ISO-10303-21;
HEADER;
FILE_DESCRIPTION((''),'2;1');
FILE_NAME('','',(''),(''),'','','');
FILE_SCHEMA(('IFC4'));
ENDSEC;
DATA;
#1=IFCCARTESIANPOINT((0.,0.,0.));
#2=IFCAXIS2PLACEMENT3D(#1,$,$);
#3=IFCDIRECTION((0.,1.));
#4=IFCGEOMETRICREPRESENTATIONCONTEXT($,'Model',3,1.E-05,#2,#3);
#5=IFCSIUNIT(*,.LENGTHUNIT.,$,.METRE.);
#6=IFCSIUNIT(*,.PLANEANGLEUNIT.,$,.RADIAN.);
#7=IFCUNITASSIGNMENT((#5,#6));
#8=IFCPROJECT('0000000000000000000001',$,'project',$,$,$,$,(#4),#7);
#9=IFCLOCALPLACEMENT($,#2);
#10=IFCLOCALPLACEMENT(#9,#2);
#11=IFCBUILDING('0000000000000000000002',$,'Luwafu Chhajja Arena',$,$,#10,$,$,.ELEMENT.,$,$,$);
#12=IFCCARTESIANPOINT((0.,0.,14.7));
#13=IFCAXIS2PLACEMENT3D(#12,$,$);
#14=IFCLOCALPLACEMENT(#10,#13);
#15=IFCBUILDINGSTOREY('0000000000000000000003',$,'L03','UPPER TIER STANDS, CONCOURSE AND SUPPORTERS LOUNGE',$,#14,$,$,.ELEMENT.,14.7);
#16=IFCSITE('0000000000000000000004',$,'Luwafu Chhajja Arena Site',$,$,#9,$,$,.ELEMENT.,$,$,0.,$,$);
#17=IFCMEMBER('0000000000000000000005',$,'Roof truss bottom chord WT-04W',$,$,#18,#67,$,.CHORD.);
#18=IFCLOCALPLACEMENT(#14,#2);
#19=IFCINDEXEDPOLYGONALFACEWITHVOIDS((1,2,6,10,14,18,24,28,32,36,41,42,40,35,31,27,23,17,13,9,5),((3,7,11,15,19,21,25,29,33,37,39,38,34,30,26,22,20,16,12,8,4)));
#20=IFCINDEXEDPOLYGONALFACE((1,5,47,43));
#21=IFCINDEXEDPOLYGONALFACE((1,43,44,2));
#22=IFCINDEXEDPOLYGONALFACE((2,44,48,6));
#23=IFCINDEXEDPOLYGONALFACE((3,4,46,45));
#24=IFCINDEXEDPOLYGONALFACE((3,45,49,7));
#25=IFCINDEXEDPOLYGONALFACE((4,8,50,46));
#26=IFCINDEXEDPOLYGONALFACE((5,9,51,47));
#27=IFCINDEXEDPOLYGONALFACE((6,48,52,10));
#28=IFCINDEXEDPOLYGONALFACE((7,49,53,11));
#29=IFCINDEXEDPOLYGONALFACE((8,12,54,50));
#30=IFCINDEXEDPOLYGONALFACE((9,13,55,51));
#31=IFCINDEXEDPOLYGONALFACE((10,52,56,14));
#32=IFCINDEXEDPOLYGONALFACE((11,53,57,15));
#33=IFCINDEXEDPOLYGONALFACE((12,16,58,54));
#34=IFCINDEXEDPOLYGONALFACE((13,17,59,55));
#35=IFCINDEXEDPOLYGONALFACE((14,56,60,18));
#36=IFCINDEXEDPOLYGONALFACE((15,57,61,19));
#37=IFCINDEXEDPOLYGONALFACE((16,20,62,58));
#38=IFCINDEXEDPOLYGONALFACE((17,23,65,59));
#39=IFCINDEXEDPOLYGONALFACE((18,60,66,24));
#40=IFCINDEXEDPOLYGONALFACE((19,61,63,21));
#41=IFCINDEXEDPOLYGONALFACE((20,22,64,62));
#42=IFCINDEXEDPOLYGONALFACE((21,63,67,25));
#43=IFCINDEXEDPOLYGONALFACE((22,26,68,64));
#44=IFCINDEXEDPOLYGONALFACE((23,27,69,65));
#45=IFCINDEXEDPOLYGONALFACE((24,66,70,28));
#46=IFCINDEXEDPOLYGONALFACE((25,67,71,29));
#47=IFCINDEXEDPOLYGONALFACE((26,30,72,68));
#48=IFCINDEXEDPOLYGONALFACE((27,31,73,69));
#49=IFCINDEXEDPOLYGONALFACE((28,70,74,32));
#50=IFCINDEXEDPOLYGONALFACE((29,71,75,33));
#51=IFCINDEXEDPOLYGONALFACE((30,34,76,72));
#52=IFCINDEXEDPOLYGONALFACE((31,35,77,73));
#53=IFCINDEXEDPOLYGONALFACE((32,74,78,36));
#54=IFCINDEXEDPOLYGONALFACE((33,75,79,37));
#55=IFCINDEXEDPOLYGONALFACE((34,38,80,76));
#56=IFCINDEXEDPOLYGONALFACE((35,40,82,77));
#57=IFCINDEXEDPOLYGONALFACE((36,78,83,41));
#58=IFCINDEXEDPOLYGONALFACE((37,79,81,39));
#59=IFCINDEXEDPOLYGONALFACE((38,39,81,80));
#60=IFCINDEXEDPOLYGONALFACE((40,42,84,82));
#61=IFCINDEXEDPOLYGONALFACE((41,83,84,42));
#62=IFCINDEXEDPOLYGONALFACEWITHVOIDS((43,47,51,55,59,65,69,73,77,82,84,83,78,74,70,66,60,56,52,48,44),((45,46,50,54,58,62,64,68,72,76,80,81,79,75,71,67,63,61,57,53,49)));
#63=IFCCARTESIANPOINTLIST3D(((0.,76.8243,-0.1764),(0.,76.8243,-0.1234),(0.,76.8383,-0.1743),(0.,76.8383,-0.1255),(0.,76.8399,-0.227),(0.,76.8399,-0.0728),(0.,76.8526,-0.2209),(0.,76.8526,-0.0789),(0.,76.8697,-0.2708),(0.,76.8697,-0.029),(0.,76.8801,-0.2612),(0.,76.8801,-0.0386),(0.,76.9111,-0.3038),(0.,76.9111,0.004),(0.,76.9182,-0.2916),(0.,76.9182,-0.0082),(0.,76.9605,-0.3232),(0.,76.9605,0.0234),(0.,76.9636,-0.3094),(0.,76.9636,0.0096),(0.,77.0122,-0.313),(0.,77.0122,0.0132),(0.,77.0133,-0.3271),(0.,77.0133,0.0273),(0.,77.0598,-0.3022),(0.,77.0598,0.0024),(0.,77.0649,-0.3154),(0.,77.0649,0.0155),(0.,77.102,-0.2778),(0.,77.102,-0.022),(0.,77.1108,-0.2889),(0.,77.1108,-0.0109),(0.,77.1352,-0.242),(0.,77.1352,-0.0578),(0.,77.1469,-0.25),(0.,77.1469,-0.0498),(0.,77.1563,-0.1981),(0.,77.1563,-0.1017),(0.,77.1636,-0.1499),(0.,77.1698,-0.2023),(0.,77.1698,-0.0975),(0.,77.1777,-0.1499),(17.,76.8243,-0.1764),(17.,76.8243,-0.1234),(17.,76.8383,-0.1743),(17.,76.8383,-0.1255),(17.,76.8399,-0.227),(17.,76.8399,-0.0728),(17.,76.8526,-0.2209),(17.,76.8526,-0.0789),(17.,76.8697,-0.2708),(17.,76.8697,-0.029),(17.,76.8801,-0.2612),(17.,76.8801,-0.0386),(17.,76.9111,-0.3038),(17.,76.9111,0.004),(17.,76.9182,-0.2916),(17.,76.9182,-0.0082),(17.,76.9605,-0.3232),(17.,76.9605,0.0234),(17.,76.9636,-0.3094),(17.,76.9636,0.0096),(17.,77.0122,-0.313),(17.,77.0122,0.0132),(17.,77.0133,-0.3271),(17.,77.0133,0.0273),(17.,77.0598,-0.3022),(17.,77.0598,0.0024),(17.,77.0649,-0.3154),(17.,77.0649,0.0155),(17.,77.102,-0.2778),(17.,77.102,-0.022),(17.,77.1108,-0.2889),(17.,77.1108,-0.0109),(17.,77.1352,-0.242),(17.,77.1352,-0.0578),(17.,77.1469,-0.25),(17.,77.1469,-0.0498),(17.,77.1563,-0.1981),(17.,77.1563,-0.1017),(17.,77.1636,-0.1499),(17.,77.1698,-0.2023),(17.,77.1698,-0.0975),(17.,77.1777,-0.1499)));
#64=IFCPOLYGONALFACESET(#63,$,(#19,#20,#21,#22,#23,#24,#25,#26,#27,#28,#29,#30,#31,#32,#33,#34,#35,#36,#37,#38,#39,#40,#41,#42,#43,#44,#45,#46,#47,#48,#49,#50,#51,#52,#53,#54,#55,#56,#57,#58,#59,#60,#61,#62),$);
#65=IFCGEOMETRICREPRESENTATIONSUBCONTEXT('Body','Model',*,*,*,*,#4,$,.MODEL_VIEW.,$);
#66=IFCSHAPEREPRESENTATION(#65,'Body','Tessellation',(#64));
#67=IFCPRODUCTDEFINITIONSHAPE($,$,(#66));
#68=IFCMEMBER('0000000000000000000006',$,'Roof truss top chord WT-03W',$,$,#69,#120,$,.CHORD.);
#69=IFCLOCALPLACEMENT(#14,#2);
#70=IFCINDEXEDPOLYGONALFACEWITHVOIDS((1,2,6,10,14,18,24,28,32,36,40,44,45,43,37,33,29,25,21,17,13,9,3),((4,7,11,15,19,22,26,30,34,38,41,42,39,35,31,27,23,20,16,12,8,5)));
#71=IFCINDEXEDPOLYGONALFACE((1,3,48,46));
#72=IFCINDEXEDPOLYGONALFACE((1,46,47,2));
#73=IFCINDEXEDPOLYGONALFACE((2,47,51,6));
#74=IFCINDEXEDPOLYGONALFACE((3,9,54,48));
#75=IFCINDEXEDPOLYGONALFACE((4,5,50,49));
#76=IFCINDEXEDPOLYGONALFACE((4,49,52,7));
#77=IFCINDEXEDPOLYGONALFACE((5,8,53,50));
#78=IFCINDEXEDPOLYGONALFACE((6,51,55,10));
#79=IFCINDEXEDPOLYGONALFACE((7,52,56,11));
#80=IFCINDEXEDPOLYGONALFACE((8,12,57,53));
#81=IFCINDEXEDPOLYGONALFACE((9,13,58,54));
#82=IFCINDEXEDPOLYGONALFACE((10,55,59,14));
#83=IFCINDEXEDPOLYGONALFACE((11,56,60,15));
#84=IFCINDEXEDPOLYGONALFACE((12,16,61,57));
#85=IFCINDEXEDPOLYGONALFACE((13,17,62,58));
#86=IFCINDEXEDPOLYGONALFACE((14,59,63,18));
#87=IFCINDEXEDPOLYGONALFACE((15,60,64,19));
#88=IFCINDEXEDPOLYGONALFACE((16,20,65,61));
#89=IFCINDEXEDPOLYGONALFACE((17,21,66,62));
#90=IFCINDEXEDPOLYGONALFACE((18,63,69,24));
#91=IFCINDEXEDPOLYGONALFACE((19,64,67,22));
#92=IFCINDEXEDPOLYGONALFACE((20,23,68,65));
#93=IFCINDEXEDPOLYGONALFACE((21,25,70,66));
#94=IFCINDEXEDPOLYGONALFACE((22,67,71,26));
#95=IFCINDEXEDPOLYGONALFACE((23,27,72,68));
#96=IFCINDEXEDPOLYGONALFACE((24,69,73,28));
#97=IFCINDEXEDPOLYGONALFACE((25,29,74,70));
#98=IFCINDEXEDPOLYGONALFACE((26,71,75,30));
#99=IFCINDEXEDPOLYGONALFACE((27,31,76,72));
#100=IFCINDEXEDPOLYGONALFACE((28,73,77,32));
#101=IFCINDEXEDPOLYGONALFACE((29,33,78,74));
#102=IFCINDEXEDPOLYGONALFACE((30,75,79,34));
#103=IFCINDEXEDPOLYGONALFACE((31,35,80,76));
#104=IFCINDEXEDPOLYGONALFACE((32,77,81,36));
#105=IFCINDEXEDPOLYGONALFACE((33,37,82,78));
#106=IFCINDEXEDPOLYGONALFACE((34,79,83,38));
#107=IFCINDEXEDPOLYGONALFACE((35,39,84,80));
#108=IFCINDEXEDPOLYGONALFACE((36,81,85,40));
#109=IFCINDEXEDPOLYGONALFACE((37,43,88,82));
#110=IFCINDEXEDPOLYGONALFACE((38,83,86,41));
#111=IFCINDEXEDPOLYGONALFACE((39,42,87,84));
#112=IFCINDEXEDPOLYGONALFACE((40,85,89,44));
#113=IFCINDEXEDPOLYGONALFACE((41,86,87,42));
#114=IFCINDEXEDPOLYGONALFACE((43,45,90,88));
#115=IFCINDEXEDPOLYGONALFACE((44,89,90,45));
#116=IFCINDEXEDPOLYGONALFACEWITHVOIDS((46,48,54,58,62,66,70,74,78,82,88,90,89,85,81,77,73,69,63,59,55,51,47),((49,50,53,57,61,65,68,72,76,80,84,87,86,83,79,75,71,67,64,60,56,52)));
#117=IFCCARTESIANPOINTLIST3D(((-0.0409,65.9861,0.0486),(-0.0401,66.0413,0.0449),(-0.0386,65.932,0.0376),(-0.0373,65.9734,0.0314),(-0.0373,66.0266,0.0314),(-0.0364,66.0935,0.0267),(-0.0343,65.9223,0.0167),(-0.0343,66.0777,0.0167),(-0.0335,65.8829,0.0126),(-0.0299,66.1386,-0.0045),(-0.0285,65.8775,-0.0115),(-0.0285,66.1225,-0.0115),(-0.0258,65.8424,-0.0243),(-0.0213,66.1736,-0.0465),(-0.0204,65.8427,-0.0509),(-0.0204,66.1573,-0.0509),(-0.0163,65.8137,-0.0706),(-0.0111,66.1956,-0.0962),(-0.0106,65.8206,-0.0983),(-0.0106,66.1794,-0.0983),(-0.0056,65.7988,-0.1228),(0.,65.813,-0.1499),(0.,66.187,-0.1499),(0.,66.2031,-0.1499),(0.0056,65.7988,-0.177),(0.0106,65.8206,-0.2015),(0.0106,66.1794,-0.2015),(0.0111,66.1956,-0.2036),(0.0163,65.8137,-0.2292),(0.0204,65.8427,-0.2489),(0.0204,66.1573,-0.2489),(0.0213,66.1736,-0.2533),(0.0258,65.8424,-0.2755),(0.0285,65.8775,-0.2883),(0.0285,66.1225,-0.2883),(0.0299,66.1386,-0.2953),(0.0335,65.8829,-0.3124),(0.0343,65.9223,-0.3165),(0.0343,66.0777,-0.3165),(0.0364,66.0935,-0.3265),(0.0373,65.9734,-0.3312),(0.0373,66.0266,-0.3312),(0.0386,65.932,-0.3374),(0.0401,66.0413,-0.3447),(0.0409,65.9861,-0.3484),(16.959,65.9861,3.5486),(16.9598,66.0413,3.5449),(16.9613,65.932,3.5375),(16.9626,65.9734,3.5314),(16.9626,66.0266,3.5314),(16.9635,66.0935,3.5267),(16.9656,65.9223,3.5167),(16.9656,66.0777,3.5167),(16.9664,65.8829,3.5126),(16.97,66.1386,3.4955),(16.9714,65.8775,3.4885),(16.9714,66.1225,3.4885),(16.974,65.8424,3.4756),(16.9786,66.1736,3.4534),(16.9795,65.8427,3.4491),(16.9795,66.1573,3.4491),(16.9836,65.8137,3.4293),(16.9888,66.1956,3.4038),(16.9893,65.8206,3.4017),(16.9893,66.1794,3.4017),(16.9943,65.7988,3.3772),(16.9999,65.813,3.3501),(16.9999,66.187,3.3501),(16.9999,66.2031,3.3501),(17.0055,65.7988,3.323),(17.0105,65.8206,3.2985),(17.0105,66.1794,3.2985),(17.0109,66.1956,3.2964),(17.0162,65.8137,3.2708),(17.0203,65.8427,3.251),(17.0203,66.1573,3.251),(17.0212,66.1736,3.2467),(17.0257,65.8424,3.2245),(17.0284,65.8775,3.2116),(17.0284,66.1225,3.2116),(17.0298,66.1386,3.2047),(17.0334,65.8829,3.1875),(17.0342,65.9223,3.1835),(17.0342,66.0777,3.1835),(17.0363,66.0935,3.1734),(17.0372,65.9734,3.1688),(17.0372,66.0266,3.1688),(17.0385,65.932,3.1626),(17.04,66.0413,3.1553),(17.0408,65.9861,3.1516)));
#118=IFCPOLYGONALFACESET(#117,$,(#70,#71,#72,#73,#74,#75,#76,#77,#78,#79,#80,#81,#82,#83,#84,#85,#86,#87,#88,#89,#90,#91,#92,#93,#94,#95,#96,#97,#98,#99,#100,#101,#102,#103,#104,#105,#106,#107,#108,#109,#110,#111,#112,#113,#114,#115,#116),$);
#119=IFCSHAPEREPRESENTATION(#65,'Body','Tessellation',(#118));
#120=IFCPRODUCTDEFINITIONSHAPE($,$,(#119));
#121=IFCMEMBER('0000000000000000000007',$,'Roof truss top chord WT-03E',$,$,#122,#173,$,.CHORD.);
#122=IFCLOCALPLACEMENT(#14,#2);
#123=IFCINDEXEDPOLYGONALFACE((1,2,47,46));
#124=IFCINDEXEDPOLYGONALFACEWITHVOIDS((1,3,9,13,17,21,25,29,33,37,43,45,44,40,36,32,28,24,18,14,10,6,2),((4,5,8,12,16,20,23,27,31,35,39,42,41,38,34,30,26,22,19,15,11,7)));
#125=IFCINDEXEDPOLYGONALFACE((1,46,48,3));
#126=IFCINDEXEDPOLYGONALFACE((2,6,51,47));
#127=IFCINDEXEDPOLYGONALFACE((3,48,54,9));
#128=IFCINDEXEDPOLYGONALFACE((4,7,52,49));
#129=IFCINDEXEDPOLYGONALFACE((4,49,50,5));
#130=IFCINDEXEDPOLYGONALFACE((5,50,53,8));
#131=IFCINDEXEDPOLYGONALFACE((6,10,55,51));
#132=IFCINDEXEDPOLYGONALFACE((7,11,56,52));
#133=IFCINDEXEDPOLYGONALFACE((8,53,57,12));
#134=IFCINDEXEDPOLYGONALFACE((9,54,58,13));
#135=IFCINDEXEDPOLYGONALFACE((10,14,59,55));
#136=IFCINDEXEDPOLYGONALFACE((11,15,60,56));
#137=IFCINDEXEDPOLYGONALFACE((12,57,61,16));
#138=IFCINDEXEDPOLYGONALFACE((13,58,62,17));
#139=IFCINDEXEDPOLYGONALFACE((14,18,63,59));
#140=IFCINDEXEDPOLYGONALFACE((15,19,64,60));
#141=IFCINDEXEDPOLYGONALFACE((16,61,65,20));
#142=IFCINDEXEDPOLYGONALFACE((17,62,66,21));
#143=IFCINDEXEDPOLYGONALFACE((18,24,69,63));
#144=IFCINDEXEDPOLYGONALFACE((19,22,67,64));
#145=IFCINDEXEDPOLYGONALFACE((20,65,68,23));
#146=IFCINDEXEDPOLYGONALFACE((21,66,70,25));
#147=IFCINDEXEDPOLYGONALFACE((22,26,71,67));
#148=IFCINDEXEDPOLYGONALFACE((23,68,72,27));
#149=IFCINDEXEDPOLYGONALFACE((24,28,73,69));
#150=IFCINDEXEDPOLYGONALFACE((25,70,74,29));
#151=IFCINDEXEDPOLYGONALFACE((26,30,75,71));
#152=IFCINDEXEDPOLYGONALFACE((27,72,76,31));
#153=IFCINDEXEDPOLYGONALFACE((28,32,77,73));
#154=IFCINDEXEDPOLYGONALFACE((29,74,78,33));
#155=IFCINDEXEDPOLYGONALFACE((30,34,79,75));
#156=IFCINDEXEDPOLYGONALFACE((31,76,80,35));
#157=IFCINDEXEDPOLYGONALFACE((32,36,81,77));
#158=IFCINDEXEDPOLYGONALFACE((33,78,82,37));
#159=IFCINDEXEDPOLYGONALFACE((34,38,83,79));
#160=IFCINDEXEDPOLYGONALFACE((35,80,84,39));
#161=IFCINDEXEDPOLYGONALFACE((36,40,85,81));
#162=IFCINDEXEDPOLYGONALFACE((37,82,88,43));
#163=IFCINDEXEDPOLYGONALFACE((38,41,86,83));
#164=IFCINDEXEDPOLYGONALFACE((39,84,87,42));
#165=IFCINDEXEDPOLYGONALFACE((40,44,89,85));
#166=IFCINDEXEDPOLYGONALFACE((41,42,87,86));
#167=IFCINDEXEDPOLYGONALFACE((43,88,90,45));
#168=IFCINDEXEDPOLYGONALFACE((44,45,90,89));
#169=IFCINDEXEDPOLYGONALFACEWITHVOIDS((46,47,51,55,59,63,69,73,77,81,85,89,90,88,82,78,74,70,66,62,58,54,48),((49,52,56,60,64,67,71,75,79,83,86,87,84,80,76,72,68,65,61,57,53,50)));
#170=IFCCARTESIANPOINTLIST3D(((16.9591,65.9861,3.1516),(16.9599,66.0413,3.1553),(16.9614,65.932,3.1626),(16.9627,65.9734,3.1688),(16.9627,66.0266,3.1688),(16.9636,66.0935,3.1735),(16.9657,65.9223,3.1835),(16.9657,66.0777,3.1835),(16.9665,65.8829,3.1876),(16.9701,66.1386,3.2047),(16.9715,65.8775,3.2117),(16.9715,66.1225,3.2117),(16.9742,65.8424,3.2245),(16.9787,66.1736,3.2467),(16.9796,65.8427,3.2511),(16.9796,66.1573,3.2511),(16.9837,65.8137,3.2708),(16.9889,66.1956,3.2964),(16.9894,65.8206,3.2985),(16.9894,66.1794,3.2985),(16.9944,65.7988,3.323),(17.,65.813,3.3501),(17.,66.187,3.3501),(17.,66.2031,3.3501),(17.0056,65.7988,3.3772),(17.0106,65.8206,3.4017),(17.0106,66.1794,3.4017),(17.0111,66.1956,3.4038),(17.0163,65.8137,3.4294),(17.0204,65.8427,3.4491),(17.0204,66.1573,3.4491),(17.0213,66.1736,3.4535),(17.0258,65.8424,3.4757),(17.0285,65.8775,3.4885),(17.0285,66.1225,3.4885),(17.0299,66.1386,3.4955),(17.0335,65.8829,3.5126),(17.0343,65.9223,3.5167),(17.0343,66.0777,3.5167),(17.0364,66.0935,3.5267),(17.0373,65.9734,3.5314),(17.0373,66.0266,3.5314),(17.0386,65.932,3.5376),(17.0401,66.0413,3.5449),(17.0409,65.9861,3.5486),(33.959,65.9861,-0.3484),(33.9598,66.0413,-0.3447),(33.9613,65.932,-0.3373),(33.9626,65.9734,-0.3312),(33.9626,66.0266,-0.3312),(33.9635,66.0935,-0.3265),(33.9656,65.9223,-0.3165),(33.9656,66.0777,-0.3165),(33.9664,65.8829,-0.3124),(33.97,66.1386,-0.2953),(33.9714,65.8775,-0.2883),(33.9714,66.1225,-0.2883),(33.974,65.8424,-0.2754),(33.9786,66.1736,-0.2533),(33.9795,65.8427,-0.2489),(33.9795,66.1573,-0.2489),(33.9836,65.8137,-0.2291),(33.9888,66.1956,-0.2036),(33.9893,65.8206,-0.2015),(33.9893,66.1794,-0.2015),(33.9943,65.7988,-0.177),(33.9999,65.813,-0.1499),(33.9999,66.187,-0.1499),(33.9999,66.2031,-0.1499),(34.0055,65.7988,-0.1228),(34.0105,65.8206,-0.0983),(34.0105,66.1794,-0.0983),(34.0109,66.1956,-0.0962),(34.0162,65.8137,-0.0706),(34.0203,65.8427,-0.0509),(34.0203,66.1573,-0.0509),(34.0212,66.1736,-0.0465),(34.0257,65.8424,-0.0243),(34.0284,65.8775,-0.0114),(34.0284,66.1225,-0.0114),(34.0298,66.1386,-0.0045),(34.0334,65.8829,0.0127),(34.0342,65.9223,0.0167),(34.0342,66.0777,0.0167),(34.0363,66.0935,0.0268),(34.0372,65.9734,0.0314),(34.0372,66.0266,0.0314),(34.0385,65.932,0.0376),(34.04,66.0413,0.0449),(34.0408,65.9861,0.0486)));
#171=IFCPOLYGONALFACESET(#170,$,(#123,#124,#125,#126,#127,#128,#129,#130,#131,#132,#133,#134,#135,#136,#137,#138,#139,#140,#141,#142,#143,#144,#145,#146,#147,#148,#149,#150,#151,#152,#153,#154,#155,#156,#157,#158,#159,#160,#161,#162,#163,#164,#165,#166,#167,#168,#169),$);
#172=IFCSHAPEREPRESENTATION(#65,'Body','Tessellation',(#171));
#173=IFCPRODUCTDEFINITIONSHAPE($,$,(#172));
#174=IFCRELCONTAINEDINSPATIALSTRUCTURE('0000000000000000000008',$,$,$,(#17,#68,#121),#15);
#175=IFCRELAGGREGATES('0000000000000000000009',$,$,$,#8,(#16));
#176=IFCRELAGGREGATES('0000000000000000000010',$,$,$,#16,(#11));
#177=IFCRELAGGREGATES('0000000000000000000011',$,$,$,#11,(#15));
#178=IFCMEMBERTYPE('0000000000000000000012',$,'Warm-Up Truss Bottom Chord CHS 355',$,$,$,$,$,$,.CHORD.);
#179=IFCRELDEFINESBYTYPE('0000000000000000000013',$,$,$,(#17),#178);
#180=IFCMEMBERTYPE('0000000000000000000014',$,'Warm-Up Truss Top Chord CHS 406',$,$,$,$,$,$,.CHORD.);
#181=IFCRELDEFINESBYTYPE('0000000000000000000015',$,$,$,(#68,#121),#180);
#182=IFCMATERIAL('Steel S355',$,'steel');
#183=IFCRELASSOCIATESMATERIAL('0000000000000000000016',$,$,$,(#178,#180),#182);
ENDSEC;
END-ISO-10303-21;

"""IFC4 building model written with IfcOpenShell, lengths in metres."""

from ifc_helpers import new_model, si_unit, direction, frame, origin, origin_2d, place, context, subcontext, project, spatial, hollow_circle, extrude, material, material_profile, profile_set, type_object, element, save


model = new_model("IFC4")

# Units and contexts
model_context = context("Model", 3, precision=1e-05, world=origin(), true_north=direction((0.0, 1.0)))
body_context = subcontext(model_context, "Body", "Model", "MODEL_VIEW")
ifc_project = project(units=[si_unit("LENGTHUNIT", "METRE"), si_unit("PLANEANGLEUNIT", "RADIAN")], contexts=[model_context])

# Site, building, storey
site_placement = place(None, origin())
site = spatial("IfcSite", under=ifc_project, at=site_placement, Name="Luwafu Chhajja Arena Site", CompositionType="ELEMENT", RefElevation=0.0)
building_placement = place(site_placement, origin())
building = spatial("IfcBuilding", under=site, at=building_placement, Name="Luwafu Chhajja Arena", CompositionType="ELEMENT")
storey_placement = place(building_placement, frame((0.0, 0.0, 14.7)))
storey = spatial("IfcBuildingStorey", under=building, at=storey_placement, Name="L03", Description="UPPER TIER STANDS, CONCOURSE AND SUPPORTERS LOUNGE", CompositionType="ELEMENT", Elevation=14.7)

# Shared definitions
ifc_material_1 = material(Name="Steel S355", Category="steel")

# Members
ifc_material_profile_1 = material_profile(ifc_material_1, hollow_circle(Radius=0.1777, WallThickness=0.0142, at=origin_2d()), Name="CHS 355.6x14.2")
ifc_profile_set_1 = profile_set([ifc_material_profile_1], Name="Steel S355")
member_type_1 = type_object("IfcMemberType", Name="Warm-Up Truss Bottom Chord CHS 355", PredefinedType="CHORD", material=ifc_profile_set_1)
for number, where, z_axis, x_axis, name in (
    (1, (0.0, 77.0, -0.1499), (1.0, 0.0, 0.0), (0.0, 1.0, 0.0), "Roof truss bottom chord WT-04W"),
):
    element("IfcMember", number, at=place(storey_placement, frame(where, z_axis=z_axis, x_axis=x_axis)), inside=storey, type_object=member_type_1, Name=name, PredefinedType="CHORD", context=body_context, shape_type="SweptSolid", body=[
        extrude(hollow_circle(Radius=0.1777, WallThickness=0.0142, at=origin_2d()), origin(), (0.0, 0.0, 1.0), 17.0),
    ])
ifc_material_profile_2 = material_profile(ifc_material_1, hollow_circle(Radius=0.2031, WallThickness=0.0161, at=origin_2d()), Name="CHS 406.4x16")
ifc_profile_set_2 = profile_set([ifc_material_profile_2], Name="Steel S355")
member_type_2 = type_object("IfcMemberType", Name="Warm-Up Truss Top Chord CHS 406", PredefinedType="CHORD", material=ifc_profile_set_2)
for number, where, z_axis, x_axis, name in (
    (2, (0.0, 66.0, -0.1499), (0.979457, 0.0, 0.201653), (0.0, 1.0, 0.0), "Roof truss top chord WT-03W"),
    (3, (17.0, 66.0, 3.3501), (0.979457, 0.0, -0.201653), (0.0, 1.0, 0.0), "Roof truss top chord WT-03E"),
):
    element("IfcMember", number, at=place(storey_placement, frame(where, z_axis=z_axis, x_axis=x_axis)), inside=storey, type_object=member_type_2, Name=name, PredefinedType="CHORD", context=body_context, shape_type="SweptSolid", body=[
        extrude(hollow_circle(Radius=0.2031, WallThickness=0.0161, at=origin_2d()), origin(), (0.0, 0.0, 1.0), 17.3564),
    ])

save(model, "model.ifc")
